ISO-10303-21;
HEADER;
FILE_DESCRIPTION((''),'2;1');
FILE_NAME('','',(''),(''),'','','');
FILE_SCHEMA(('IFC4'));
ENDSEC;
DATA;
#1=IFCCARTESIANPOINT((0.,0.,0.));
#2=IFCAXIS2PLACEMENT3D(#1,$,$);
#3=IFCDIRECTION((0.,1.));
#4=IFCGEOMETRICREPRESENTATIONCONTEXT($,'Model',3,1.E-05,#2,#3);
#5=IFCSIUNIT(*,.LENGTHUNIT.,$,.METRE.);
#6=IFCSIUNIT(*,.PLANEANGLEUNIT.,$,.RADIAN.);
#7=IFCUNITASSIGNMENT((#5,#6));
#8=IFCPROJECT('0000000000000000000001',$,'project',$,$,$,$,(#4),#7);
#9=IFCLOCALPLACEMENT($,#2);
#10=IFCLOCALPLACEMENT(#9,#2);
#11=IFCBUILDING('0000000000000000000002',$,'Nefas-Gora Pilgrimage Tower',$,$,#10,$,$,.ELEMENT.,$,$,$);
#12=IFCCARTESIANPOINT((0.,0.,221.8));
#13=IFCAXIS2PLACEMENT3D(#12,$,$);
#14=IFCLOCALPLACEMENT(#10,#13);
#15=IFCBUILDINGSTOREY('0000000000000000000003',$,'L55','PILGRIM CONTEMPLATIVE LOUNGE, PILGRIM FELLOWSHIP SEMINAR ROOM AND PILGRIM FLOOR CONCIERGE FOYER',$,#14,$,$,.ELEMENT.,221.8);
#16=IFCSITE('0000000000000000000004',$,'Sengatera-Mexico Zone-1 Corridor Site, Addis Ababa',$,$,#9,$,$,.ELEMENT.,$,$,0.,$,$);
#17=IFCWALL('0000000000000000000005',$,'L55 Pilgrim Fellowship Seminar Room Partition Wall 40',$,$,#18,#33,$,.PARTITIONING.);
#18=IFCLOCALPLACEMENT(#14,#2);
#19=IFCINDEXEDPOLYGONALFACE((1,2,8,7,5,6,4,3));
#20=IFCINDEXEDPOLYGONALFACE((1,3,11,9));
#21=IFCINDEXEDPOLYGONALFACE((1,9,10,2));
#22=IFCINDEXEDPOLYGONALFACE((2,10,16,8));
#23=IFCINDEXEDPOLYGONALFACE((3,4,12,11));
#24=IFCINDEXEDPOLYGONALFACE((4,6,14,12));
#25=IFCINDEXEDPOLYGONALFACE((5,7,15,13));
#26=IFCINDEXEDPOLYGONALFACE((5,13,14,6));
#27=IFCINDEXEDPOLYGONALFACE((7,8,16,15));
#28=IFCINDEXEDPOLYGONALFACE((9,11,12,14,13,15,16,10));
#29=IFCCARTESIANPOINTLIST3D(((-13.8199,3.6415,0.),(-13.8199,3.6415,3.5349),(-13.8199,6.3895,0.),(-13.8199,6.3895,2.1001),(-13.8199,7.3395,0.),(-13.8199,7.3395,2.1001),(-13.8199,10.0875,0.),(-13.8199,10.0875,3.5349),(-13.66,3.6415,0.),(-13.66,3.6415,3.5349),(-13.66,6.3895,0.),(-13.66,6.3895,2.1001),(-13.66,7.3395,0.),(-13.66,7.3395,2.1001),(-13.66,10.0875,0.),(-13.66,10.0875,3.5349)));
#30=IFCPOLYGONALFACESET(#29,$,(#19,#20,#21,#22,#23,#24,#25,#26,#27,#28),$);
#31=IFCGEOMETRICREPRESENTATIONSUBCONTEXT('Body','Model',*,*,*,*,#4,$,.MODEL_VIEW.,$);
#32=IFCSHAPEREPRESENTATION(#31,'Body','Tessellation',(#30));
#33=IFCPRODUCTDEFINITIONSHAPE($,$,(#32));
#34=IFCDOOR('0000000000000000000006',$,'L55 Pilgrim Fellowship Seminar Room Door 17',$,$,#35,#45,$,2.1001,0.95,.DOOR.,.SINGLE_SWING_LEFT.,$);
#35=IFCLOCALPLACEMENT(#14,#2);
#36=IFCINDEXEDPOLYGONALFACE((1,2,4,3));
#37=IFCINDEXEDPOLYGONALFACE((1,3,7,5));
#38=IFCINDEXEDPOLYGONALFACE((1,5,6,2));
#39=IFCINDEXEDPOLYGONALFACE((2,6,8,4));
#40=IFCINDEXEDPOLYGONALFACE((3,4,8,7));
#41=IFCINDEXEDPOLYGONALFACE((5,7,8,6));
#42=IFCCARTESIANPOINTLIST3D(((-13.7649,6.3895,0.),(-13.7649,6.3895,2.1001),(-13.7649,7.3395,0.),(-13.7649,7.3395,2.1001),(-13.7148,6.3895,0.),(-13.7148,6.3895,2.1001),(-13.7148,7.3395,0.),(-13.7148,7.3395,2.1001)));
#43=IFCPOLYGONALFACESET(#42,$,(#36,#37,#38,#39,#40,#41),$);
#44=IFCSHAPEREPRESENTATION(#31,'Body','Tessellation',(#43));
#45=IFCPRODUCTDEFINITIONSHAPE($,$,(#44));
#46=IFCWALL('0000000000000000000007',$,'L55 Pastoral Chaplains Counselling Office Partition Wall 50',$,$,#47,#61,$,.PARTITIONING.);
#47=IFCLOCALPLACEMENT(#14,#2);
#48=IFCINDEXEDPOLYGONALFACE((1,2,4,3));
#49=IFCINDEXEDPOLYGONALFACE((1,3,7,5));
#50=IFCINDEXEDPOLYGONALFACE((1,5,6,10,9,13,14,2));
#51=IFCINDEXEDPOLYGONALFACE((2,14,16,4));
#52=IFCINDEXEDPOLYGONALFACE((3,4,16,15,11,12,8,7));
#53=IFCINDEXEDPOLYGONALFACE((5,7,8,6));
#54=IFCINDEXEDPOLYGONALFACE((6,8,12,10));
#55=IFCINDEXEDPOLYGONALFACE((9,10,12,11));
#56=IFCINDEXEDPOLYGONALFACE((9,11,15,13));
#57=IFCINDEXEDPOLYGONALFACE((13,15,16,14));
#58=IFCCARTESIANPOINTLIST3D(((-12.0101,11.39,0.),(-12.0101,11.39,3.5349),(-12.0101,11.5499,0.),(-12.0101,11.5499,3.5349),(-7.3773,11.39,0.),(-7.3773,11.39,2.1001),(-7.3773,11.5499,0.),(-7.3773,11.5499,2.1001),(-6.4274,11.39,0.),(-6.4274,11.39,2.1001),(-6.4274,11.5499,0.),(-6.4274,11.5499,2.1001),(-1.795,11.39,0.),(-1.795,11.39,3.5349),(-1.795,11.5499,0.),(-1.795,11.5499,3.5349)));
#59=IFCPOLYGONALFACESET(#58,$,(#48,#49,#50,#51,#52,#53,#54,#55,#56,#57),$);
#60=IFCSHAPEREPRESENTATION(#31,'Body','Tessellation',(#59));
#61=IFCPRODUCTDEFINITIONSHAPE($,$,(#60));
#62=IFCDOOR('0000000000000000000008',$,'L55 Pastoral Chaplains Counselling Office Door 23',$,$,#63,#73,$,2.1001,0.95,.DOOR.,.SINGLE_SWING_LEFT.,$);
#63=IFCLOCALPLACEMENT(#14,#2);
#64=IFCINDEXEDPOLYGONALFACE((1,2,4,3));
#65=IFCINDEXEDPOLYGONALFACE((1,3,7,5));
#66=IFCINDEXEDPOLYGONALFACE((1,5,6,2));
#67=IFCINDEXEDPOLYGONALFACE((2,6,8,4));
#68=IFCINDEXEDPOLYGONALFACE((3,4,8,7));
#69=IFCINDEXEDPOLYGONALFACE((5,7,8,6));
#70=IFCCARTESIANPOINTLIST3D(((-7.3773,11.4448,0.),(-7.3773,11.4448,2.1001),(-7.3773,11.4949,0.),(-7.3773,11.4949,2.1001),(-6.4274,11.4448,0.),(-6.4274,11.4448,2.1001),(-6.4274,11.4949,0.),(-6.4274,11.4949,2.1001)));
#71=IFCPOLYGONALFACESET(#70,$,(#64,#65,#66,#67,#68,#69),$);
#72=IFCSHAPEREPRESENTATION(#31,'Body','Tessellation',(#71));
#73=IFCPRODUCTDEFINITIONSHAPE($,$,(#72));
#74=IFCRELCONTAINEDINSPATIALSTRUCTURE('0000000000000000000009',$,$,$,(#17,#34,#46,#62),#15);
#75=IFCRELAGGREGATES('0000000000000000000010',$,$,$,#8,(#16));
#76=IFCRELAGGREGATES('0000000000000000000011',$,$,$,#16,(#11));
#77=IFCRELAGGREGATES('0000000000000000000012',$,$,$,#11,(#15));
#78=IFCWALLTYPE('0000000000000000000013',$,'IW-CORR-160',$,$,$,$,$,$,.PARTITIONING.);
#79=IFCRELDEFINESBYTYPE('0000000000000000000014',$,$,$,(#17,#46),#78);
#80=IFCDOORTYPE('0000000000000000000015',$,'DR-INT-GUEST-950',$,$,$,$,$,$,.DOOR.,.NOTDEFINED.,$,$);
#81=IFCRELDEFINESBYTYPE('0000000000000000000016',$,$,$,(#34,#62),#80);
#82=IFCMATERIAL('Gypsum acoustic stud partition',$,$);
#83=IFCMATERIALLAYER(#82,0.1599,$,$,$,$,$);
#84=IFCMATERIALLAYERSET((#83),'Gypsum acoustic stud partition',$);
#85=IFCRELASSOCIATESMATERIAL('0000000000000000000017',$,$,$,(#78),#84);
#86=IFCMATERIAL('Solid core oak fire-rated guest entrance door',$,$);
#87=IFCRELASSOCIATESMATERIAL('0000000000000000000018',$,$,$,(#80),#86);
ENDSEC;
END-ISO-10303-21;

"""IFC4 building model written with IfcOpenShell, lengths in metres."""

from ifc_helpers import new_model, si_unit, direction, frame, frame_2d, origin, place, context, subcontext, project, spatial, rectangle, extrude, source, transform, mapped, material, layer, layer_set, type_object, element, fill, save


model = new_model("IFC4")

# Units and contexts
model_context = context("Model", 3, precision=1e-05, world=origin(), true_north=direction((0.0, 1.0)))
body_context = subcontext(model_context, "Body", "Model", "MODEL_VIEW")
ifc_project = project(units=[si_unit("LENGTHUNIT", "METRE"), si_unit("PLANEANGLEUNIT", "RADIAN")], contexts=[model_context])

# Site, building, storey
site_placement = place(None, origin())
site = spatial("IfcSite", under=ifc_project, at=site_placement, Name="Sengatera-Mexico Zone-1 Corridor Site, Addis Ababa", CompositionType="ELEMENT", RefElevation=0.0)
building_placement = place(site_placement, origin())
building = spatial("IfcBuilding", under=site, at=building_placement, Name="Nefas-Gora Pilgrimage Tower", CompositionType="ELEMENT")
storey_placement = place(building_placement, frame((0.0, 0.0, 221.8)))
storey = spatial("IfcBuildingStorey", under=building, at=storey_placement, Name="L55", Description="PILGRIM CONTEMPLATIVE LOUNGE, PILGRIM FELLOWSHIP SEMINAR ROOM AND PILGRIM FLOOR CONCIERGE FOYER", CompositionType="ELEMENT", Elevation=221.8)

# Shared definitions
ifc_material_1 = material(Name="Gypsum acoustic stud partition")
ifc_layer_1 = layer(ifc_material_1, 0.1599)
ifc_layer_set_1 = layer_set([ifc_layer_1], Name="Gypsum acoustic stud partition")
wall_type_1 = type_object("IfcWallType", Name="IW-CORR-160", PredefinedType="PARTITIONING", material=ifc_layer_set_1)
ifc_material_2 = material(Name="Solid core oak fire-rated guest entrance door")
door_type = type_object("IfcDoorType", Name="DR-INT-GUEST-950", OperationType="NOTDEFINED", PredefinedType="DOOR", material=ifc_material_2)
shared_shape_1 = source(origin(), body_context, "Body", "SweptSolid", [
    extrude(rectangle(XDim=0.95, YDim=2.1001, at=frame_2d((0.4751, 1.05))), frame((0.0, 0.0249, 0.0), z_axis=(0.0, -1.0, 0.0), x_axis=(1.0, 0.0, 0.0)), (0.0, 0.0, 1.0), 0.05),
])

# Walls, openings, doors
shared_shape_2 = source(origin(), body_context, "Body", "SweptSolid", [
    extrude(rectangle(XDim=6.446, YDim=0.1599, at=frame_2d((3.2231, 0.0))), origin(), (0.0, 0.0, 1.0), 3.5349),
])
wall_1_placement = place(storey_placement, frame((-13.74, 3.6414, 0.0), z_axis=(0.0, 0.0, 1.0), x_axis=(0.0, 1.0, 0.0)))
wall_1 = element("IfcWall", 1, at=wall_1_placement, inside=storey, type_object=wall_type_1, Name="L55 Pilgrim Fellowship Seminar Room Partition Wall 40", PredefinedType="PARTITIONING", context=body_context, shape_type="MappedRepresentation", body=[
    mapped(shared_shape_2, transform((0.0, 0.0, 0.0), x_axis=(1.0, 0.0, 0.0), y_axis=(0.0, 1.0, 0.0), z_axis=(0.0, 0.0, 1.0), scale=1.0)),
])
opening_1_placement = place(wall_1_placement, frame((2.748, 0.0, 0.0)))
opening_1 = element("IfcOpeningElement", 2, at=opening_1_placement, cuts=wall_1, PredefinedType="OPENING", context=body_context, shape_type="SweptSolid", body=[
    extrude(rectangle(XDim=0.95, YDim=2.1001, at=frame_2d((0.4751, 1.05))), frame((0.0, 0.0898, 0.0), z_axis=(0.0, -1.0, 0.0), x_axis=(1.0, 0.0, 0.0)), (0.0, 0.0, 1.0), 0.1799),
])
door_1_placement = place(opening_1_placement, origin())
door_1 = element("IfcDoor", 3, at=door_1_placement, inside=storey, type_object=door_type, Name="L55 Pilgrim Fellowship Seminar Room Door 17", OperationType="SINGLE_SWING_LEFT", OverallHeight=2.1001, OverallWidth=0.95, PredefinedType="DOOR", context=body_context, shape_type="MappedRepresentation", body=[
    mapped(shared_shape_1, transform((0.0, 0.0, 0.0), x_axis=(1.0, 0.0, 0.0), y_axis=(0.0, 1.0, 0.0), z_axis=(0.0, 0.0, 1.0), scale=1.0)),
])
fill(opening_1, door_1)
shared_shape_3 = source(origin(), body_context, "Body", "SweptSolid", [
    extrude(rectangle(XDim=10.2151, YDim=0.1599, at=frame_2d((5.1074, 0.0))), origin(), (0.0, 0.0, 1.0), 3.5349),
])
wall_2_placement = place(storey_placement, frame((-12.01, 11.47, 0.0), z_axis=(0.0, 0.0, 1.0), x_axis=(1.0, 0.0, 0.0)))
wall_2 = element("IfcWall", 4, at=wall_2_placement, inside=storey, type_object=wall_type_1, Name="L55 Pastoral Chaplains Counselling Office Partition Wall 50", PredefinedType="PARTITIONING", context=body_context, shape_type="MappedRepresentation", body=[
    mapped(shared_shape_3, transform((0.0, 0.0, 0.0), x_axis=(1.0, 0.0, 0.0), y_axis=(0.0, 1.0, 0.0), z_axis=(0.0, 0.0, 1.0), scale=1.0)),
])
opening_2_placement = place(wall_2_placement, frame((4.6326, 0.0, 0.0)))
opening_2 = element("IfcOpeningElement", 5, at=opening_2_placement, cuts=wall_2, PredefinedType="OPENING", context=body_context, shape_type="SweptSolid", body=[
    extrude(rectangle(XDim=0.95, YDim=2.1001, at=frame_2d((0.4751, 1.05))), frame((0.0, 0.0898, 0.0), z_axis=(0.0, -1.0, 0.0), x_axis=(1.0, 0.0, 0.0)), (0.0, 0.0, 1.0), 0.1799),
])
door_2_placement = place(opening_2_placement, origin())
door_2 = element("IfcDoor", 6, at=door_2_placement, inside=storey, type_object=door_type, Name="L55 Pastoral Chaplains Counselling Office Door 23", OperationType="SINGLE_SWING_LEFT", OverallHeight=2.1001, OverallWidth=0.95, PredefinedType="DOOR", context=body_context, shape_type="MappedRepresentation", body=[
    mapped(shared_shape_1, transform((0.0, 0.0, 0.0), x_axis=(1.0, 0.0, 0.0), y_axis=(0.0, 1.0, 0.0), z_axis=(0.0, 0.0, 1.0), scale=1.0)),
])
fill(opening_2, door_2)

save(model, "model.ifc")
